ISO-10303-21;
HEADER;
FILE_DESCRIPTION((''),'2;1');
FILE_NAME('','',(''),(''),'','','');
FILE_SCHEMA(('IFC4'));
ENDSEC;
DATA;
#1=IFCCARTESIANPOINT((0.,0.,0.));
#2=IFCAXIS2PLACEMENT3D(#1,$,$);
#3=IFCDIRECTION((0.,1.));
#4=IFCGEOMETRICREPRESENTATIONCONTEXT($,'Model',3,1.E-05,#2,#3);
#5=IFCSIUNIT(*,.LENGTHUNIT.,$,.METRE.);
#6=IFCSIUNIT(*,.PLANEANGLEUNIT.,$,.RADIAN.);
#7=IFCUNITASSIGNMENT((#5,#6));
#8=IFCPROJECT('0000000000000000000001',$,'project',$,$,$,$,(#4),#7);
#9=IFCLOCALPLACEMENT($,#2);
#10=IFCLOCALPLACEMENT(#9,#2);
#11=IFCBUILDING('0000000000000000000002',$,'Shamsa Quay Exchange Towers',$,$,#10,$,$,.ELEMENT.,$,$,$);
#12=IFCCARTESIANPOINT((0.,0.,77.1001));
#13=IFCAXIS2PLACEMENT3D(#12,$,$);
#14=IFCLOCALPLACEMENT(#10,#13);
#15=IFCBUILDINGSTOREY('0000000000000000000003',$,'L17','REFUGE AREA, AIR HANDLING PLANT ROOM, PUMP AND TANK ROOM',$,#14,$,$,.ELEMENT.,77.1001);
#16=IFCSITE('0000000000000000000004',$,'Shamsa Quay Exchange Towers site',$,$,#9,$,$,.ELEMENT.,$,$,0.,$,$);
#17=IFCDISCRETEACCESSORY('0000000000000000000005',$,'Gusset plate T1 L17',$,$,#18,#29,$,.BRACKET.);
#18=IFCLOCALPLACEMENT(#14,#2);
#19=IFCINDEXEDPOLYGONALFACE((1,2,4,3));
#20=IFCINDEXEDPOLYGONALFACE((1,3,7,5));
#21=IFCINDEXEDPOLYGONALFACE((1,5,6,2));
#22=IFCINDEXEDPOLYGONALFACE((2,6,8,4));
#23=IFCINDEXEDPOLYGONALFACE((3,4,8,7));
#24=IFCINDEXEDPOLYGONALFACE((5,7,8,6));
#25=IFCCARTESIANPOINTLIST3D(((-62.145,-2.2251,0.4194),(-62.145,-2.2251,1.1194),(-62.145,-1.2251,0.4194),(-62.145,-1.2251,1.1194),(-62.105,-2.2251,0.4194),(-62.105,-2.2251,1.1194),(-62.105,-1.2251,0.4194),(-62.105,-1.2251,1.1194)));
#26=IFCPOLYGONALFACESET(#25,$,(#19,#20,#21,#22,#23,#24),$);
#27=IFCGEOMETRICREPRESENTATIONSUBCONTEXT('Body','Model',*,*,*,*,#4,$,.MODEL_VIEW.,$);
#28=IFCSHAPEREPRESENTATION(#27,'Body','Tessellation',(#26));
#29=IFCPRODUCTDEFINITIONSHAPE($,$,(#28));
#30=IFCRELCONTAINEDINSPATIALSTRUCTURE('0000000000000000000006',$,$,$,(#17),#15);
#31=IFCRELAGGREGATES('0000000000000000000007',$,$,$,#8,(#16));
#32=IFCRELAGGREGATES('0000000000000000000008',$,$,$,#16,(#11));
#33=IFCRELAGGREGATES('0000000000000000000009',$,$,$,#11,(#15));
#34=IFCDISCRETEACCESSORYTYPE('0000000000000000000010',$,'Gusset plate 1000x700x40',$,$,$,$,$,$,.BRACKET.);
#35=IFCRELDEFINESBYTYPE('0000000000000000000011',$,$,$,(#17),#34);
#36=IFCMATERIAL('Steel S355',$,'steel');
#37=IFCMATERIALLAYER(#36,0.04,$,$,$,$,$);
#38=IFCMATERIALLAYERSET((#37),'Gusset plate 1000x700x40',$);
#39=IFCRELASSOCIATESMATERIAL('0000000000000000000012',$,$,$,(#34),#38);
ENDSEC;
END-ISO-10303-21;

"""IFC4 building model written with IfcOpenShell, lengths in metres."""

from ifc_helpers import new_model, si_unit, direction, frame, origin, origin_2d, place, context, subcontext, project, spatial, rectangle, extrude, material, layer, layer_set, type_object, element, save


model = new_model("IFC4")

# Units and contexts
model_context = context("Model", 3, precision=1e-05, world=origin(), true_north=direction((0.0, 1.0)))
body_context = subcontext(model_context, "Body", "Model", "MODEL_VIEW")
ifc_project = project(units=[si_unit("LENGTHUNIT", "METRE"), si_unit("PLANEANGLEUNIT", "RADIAN")], contexts=[model_context])

# Site, building, storey
site_placement = place(None, origin())
site = spatial("IfcSite", under=ifc_project, at=site_placement, Name="Shamsa Quay Exchange Towers site", CompositionType="ELEMENT", RefElevation=0.0)
building_placement = place(site_placement, origin())
building = spatial("IfcBuilding", under=site, at=building_placement, Name="Shamsa Quay Exchange Towers", CompositionType="ELEMENT")
storey_placement = place(building_placement, frame((0.0, 0.0, 77.1001)))
storey = spatial("IfcBuildingStorey", under=building, at=storey_placement, Name="L17", Description="REFUGE AREA, AIR HANDLING PLANT ROOM, PUMP AND TANK ROOM", CompositionType="ELEMENT", Elevation=77.1001)

# Shared definitions
ifc_material_1 = material(Name="Steel S355", Category="steel")

# Discrete accessory
ifc_layer_1 = layer(ifc_material_1, 0.04)
ifc_layer_set_1 = layer_set([ifc_layer_1], Name="Gusset plate 1000x700x40")
discrete_accessory_type_1 = type_object("IfcDiscreteAccessoryType", Name="Gusset plate 1000x700x40", PredefinedType="BRACKET", material=ifc_layer_set_1)
discrete_accessory_1_placement = place(storey_placement, frame((-62.125, -1.7251, 0.4194), z_axis=(0.0, 0.0, 1.0), x_axis=(0.0, -1.0, 0.0)))
element("IfcDiscreteAccessory", 1, at=discrete_accessory_1_placement, inside=storey, type_object=discrete_accessory_type_1, Name="Gusset plate T1 L17", PredefinedType="BRACKET", context=body_context, shape_type="SweptSolid", body=[
    extrude(rectangle(XDim=1.0, YDim=0.04, at=origin_2d()), origin(), (0.0, 0.0, 1.0), 0.7),
])

save(model, "model.ifc")
